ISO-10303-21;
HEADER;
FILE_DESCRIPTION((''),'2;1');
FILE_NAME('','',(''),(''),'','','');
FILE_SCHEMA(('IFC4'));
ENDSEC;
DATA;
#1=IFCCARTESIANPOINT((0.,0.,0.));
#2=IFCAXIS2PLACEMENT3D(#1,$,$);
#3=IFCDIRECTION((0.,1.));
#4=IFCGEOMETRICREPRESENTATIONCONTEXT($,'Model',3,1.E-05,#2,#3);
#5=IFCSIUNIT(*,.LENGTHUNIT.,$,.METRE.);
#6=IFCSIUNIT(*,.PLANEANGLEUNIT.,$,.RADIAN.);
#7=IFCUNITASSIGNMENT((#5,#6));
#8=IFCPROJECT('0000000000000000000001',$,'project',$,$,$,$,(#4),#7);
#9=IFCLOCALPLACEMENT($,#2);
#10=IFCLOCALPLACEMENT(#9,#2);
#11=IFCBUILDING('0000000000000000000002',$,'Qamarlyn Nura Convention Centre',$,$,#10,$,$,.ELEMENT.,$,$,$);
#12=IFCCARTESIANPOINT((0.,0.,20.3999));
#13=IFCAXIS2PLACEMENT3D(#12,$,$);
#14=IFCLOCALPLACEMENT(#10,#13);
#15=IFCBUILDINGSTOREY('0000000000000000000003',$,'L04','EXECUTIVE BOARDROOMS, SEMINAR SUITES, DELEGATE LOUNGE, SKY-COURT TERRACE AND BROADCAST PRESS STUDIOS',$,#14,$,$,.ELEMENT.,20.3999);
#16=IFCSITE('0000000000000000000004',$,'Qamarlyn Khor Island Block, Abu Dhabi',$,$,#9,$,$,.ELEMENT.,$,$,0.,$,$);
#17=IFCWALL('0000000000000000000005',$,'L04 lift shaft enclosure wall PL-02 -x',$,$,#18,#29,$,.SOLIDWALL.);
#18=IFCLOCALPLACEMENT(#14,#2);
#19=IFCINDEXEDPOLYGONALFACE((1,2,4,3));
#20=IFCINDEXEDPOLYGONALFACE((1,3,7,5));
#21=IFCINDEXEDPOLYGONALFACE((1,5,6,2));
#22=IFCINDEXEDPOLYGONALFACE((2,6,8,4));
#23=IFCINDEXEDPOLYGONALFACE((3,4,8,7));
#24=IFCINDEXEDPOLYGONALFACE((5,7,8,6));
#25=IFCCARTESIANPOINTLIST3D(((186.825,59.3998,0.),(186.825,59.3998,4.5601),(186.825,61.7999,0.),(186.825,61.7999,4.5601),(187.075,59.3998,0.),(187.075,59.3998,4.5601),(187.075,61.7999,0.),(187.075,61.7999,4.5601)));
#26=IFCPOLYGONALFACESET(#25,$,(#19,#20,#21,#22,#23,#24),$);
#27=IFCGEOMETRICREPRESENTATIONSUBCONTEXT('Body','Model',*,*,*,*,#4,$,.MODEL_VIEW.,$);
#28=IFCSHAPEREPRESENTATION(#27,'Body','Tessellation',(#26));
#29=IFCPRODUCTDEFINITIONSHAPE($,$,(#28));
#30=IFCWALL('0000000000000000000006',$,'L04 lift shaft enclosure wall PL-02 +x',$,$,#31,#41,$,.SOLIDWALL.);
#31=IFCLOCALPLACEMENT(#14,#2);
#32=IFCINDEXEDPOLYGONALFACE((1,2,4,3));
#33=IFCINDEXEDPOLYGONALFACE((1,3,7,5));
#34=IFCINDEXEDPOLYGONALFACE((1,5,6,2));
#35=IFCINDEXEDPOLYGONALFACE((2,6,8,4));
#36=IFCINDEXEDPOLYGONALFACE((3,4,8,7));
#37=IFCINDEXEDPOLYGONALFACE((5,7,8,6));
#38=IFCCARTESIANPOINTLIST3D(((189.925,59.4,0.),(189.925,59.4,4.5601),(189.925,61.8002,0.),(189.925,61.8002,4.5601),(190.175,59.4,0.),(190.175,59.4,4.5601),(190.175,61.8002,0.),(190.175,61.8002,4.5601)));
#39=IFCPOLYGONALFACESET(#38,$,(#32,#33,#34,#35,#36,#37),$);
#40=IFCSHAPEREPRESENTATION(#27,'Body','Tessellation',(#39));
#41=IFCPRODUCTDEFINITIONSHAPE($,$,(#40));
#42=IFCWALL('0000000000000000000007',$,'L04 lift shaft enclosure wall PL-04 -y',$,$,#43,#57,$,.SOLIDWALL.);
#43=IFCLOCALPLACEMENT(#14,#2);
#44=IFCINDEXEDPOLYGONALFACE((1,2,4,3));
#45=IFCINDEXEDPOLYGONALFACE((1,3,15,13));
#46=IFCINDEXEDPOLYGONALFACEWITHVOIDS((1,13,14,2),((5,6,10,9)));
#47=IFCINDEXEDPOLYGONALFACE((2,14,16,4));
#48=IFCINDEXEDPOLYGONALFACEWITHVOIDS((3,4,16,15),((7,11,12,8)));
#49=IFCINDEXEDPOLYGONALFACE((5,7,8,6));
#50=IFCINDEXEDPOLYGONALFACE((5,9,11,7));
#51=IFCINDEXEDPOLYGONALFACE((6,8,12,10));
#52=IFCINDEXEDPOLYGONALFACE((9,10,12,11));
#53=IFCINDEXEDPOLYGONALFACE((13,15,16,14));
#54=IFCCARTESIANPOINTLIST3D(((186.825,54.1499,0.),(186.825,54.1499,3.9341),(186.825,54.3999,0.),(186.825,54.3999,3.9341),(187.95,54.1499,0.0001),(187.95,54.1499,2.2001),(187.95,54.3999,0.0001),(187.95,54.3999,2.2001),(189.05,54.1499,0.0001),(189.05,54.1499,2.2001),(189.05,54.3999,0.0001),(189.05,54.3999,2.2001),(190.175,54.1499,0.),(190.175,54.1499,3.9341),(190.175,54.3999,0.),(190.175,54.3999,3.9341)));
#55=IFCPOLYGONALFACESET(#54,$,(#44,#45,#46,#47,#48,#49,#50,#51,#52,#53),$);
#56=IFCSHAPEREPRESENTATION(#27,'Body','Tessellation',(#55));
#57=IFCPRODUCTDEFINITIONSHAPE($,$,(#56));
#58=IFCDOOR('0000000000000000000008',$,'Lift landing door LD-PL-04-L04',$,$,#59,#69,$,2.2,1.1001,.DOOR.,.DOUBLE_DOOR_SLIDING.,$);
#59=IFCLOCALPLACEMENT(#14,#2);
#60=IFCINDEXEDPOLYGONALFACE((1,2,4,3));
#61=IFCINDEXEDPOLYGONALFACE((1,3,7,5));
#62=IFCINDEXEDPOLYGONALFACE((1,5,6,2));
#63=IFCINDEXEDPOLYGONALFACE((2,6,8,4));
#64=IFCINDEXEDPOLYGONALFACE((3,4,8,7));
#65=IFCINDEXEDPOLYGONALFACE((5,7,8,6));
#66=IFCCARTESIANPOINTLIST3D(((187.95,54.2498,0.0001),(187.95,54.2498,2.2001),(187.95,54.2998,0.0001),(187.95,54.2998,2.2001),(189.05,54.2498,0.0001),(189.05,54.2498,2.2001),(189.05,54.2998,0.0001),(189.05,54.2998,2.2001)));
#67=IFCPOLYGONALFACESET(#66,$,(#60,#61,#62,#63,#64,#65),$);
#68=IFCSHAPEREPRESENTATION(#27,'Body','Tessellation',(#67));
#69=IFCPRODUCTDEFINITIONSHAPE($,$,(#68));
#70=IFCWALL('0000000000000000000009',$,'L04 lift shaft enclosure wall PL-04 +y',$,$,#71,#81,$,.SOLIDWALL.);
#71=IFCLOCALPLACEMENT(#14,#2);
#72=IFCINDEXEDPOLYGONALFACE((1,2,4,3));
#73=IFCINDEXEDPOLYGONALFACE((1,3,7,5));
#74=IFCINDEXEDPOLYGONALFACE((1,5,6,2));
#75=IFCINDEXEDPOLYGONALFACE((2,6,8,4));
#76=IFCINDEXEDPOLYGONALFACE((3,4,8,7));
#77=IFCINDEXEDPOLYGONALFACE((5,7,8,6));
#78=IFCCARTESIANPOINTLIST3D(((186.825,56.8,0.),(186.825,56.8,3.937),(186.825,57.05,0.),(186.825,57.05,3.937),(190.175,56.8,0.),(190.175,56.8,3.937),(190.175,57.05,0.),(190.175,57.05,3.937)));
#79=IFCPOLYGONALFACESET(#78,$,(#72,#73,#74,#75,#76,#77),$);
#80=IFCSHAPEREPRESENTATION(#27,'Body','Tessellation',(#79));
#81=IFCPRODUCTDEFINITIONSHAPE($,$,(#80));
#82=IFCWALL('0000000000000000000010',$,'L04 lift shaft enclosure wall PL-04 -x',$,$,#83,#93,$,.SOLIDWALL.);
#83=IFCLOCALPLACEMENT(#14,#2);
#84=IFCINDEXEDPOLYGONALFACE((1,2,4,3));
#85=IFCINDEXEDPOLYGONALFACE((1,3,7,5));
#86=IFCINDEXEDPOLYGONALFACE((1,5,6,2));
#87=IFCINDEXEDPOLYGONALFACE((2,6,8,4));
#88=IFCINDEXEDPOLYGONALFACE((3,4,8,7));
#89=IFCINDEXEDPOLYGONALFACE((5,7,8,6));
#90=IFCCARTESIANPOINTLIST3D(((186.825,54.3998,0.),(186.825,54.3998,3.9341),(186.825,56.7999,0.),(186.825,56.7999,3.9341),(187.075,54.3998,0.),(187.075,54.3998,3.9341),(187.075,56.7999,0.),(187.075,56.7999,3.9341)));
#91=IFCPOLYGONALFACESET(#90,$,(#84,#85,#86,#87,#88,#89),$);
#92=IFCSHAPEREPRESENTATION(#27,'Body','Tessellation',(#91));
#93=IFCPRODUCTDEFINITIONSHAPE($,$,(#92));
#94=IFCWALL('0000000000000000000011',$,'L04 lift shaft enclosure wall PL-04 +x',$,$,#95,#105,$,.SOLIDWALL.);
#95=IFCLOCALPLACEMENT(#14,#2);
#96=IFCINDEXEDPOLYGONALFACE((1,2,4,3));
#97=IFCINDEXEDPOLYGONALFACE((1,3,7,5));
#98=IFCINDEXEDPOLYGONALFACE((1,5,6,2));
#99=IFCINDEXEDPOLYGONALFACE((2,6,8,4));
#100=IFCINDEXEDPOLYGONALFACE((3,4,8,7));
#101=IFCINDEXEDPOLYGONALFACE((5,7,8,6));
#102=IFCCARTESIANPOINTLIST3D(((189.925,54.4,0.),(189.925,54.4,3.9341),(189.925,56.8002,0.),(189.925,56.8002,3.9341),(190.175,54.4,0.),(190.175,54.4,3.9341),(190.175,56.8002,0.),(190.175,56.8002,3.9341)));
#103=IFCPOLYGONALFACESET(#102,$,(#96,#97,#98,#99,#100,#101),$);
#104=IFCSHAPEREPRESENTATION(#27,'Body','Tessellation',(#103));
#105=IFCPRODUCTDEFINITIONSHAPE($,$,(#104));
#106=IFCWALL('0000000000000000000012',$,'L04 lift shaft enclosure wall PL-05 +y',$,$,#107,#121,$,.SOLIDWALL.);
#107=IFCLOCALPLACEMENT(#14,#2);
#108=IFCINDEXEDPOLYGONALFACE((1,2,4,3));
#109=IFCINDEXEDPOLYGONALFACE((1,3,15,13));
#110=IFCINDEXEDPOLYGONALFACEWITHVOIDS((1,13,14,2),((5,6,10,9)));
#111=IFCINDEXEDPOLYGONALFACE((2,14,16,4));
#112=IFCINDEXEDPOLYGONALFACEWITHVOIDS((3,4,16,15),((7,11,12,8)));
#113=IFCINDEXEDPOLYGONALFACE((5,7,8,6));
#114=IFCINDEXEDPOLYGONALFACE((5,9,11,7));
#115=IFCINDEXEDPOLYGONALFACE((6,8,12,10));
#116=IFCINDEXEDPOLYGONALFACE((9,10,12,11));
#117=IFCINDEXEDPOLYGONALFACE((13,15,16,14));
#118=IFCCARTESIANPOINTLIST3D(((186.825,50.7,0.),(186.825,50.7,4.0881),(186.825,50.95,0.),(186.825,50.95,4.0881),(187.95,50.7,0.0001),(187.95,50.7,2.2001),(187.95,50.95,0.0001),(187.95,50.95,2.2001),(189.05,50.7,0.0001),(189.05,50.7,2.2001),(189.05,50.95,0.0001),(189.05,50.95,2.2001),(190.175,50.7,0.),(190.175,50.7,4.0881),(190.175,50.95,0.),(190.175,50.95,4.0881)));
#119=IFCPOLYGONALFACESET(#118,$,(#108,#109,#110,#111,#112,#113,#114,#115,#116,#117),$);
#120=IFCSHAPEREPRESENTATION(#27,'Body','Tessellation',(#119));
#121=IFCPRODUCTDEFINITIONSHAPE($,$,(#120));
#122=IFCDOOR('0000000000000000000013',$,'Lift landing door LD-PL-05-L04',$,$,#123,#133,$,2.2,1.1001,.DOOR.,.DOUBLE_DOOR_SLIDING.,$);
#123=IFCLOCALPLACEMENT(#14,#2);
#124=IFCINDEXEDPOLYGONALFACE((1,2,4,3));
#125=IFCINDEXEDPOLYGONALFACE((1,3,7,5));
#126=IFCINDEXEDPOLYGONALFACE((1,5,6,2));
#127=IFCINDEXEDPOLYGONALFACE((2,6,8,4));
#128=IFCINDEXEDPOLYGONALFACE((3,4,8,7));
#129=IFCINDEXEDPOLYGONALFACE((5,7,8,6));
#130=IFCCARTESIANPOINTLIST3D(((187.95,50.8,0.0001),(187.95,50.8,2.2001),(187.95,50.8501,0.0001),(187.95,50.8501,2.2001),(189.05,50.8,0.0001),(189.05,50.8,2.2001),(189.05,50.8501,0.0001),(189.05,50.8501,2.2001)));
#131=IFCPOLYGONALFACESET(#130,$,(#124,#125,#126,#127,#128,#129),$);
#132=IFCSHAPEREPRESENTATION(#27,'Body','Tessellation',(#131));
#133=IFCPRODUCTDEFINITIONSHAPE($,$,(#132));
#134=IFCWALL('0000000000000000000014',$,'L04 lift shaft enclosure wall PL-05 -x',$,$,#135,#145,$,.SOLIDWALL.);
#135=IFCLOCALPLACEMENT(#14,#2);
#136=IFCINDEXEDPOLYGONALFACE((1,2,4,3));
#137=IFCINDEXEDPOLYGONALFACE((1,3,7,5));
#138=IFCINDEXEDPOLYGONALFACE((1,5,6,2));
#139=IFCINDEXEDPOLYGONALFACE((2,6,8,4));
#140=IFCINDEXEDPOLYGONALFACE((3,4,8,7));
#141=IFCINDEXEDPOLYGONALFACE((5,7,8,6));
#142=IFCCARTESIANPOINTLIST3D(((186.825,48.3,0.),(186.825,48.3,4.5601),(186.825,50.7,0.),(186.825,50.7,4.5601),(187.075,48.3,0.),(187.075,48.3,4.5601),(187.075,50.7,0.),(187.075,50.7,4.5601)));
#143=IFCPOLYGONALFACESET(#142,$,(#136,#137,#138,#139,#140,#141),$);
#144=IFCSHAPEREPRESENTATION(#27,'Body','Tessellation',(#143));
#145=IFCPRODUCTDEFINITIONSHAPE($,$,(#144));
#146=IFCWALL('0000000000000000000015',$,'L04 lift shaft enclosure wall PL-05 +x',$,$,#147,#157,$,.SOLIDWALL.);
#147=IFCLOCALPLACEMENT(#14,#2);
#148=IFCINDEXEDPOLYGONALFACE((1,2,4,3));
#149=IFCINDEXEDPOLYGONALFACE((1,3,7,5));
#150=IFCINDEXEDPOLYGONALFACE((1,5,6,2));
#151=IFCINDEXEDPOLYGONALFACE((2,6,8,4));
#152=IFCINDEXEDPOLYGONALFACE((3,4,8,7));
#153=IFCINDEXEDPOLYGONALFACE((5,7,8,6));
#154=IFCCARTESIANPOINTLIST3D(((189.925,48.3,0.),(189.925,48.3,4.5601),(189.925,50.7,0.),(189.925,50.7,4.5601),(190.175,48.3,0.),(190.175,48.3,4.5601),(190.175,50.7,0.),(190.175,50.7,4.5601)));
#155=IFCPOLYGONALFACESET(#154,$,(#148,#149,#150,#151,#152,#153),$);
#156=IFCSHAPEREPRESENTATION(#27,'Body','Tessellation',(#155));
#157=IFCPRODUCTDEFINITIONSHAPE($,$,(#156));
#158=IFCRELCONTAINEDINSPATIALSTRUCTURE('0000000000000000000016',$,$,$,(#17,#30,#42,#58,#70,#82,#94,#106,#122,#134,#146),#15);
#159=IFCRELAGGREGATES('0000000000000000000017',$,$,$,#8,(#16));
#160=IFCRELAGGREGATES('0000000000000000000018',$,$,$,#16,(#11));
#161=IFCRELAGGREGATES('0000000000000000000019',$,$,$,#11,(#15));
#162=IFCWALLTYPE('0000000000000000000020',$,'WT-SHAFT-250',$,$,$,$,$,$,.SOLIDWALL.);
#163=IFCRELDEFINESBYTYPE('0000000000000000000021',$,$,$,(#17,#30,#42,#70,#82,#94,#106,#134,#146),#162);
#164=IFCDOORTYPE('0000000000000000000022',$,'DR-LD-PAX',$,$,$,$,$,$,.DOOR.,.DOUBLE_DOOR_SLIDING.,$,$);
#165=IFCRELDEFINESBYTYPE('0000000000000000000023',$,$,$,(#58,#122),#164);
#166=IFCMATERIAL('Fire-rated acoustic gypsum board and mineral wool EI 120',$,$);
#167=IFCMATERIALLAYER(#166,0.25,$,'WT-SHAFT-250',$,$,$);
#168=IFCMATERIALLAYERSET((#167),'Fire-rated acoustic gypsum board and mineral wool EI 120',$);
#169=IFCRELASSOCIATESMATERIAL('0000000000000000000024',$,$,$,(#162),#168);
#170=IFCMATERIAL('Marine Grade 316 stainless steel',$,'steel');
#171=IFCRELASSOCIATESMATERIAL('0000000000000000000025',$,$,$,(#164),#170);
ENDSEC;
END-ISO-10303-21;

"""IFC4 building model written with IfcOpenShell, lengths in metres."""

from ifc_helpers import new_model, si_unit, direction, frame, frame_2d, origin, place, context, subcontext, project, spatial, rectangle, extrude, material, layer, layer_set, type_object, element, fill, save


model = new_model("IFC4")

# Units and contexts
model_context = context("Model", 3, precision=1e-05, world=origin(), true_north=direction((0.0, 1.0)))
body_context = subcontext(model_context, "Body", "Model", "MODEL_VIEW")
ifc_project = project(units=[si_unit("LENGTHUNIT", "METRE"), si_unit("PLANEANGLEUNIT", "RADIAN")], contexts=[model_context])

# Site, building, storey
site_placement = place(None, origin())
site = spatial("IfcSite", under=ifc_project, at=site_placement, Name="Qamarlyn Khor Island Block, Abu Dhabi", CompositionType="ELEMENT", RefElevation=0.0)
building_placement = place(site_placement, origin())
building = spatial("IfcBuilding", under=site, at=building_placement, Name="Qamarlyn Nura Convention Centre", CompositionType="ELEMENT")
storey_placement = place(building_placement, frame((0.0, 0.0, 20.3999)))
storey = spatial("IfcBuildingStorey", under=building, at=storey_placement, Name="L04", Description="EXECUTIVE BOARDROOMS, SEMINAR SUITES, DELEGATE LOUNGE, SKY-COURT TERRACE AND BROADCAST PRESS STUDIOS", CompositionType="ELEMENT", Elevation=20.3999)

# Shared definitions
ifc_material_1 = material(Name="Fire-rated acoustic gypsum board and mineral wool EI 120")
ifc_layer_1 = layer(ifc_material_1, 0.25, Name="WT-SHAFT-250")
ifc_layer_set_1 = layer_set([ifc_layer_1], Name="Fire-rated acoustic gypsum board and mineral wool EI 120")
wall_type = type_object("IfcWallType", Name="WT-SHAFT-250", PredefinedType="SOLIDWALL", material=ifc_layer_set_1)
ifc_material_2 = material(Name="Marine Grade 316 stainless steel", Category="steel")
door_type = type_object("IfcDoorType", Name="DR-LD-PAX", OperationType="DOUBLE_DOOR_SLIDING", PredefinedType="DOOR", material=ifc_material_2)

# Walls
for number, where, z_axis, x_axis, name in (
    (1, (186.95, 61.8, 0.0), (0.0, 0.0, 1.0), (0.0, -1.0, 0.0), "L04 lift shaft enclosure wall PL-02 -x"),
    (2, (190.05, 59.3999, 0.0), (0.0, 0.0, 1.0), (0.0, 1.0, 0.0), "L04 lift shaft enclosure wall PL-02 +x"),
):
    element("IfcWall", number, at=place(storey_placement, frame(where, z_axis=z_axis, x_axis=x_axis)), inside=storey, type_object=wall_type, Name=name, PredefinedType="SOLIDWALL", context=body_context, shape_type="SweptSolid", body=[
        extrude(rectangle(XDim=2.4001, YDim=0.25, at=frame_2d((1.2002, 0.0))), origin(), (0.0, 0.0, 1.0), 4.5601),
    ])

# Wall, opening, door
wall_1_placement = place(storey_placement, frame((186.825, 54.2749, 0.0), z_axis=(0.0, 0.0, 1.0), x_axis=(1.0, 0.0, 0.0)))
wall_1 = element("IfcWall", 3, at=wall_1_placement, inside=storey, type_object=wall_type, Name="L04 lift shaft enclosure wall PL-04 -y", PredefinedType="SOLIDWALL", context=body_context, shape_type="SweptSolid", body=[
    extrude(rectangle(XDim=3.3501, YDim=0.25, at=frame_2d((1.675, 0.0))), origin(), (0.0, 0.0, 1.0), 3.9341),
])
opening_1_placement = place(wall_1_placement, frame((1.125, 0.0, 0.0)))
opening_1 = element("IfcOpeningElement", 4, at=opening_1_placement, cuts=wall_1, PredefinedType="OPENING", context=body_context, shape_type="SweptSolid", body=[
    extrude(rectangle(XDim=1.1001, YDim=2.2, at=frame_2d((0.55, 1.1001))), frame((0.0, 0.135, 0.0), z_axis=(0.0, -1.0, 0.0), x_axis=(1.0, 0.0, 0.0)), (0.0, 0.0, 1.0), 0.27),
])
door_1_placement = place(opening_1_placement, origin())
door_1 = element("IfcDoor", 5, at=door_1_placement, inside=storey, type_object=door_type, Name="Lift landing door LD-PL-04-L04", OperationType="DOUBLE_DOOR_SLIDING", OverallHeight=2.2, OverallWidth=1.1001, PredefinedType="DOOR", context=body_context, shape_type="SweptSolid", body=[
    extrude(rectangle(XDim=1.1001, YDim=2.2, at=frame_2d((0.55, 1.1001))), frame((0.0, 0.0249, 0.0), z_axis=(0.0, -1.0, 0.0), x_axis=(1.0, 0.0, 0.0)), (0.0, 0.0, 1.0), 0.05),
])
fill(opening_1, door_1)

# Walls
wall_2_placement = place(storey_placement, frame((190.175, 56.925, 0.0), z_axis=(0.0, 0.0, 1.0), x_axis=(-1.0, 0.0, 0.0)))
element("IfcWall", 6, at=wall_2_placement, inside=storey, type_object=wall_type, Name="L04 lift shaft enclosure wall PL-04 +y", PredefinedType="SOLIDWALL", context=body_context, shape_type="SweptSolid", body=[
    extrude(rectangle(XDim=3.3501, YDim=0.25, at=frame_2d((1.675, 0.0))), origin(), (0.0, 0.0, 1.0), 3.937),
])
for number, where, z_axis, x_axis, name in (
    (7, (186.95, 56.8, 0.0), (0.0, 0.0, 1.0), (0.0, -1.0, 0.0), "L04 lift shaft enclosure wall PL-04 -x"),
    (8, (190.05, 54.3999, 0.0), (0.0, 0.0, 1.0), (0.0, 1.0, 0.0), "L04 lift shaft enclosure wall PL-04 +x"),
):
    element("IfcWall", number, at=place(storey_placement, frame(where, z_axis=z_axis, x_axis=x_axis)), inside=storey, type_object=wall_type, Name=name, PredefinedType="SOLIDWALL", context=body_context, shape_type="SweptSolid", body=[
        extrude(rectangle(XDim=2.4001, YDim=0.25, at=frame_2d((1.2002, 0.0))), origin(), (0.0, 0.0, 1.0), 3.9341),
    ])

# Wall, opening, door
wall_3_placement = place(storey_placement, frame((190.175, 50.825, 0.0), z_axis=(0.0, 0.0, 1.0), x_axis=(-1.0, 0.0, 0.0)))
wall_3 = element("IfcWall", 9, at=wall_3_placement, inside=storey, type_object=wall_type, Name="L04 lift shaft enclosure wall PL-05 +y", PredefinedType="SOLIDWALL", context=body_context, shape_type="SweptSolid", body=[
    extrude(rectangle(XDim=3.3501, YDim=0.25, at=frame_2d((1.675, 0.0))), origin(), (0.0, 0.0, 1.0), 4.0881),
])
opening_2_placement = place(wall_3_placement, frame((1.125, 0.0, 0.0)))
opening_2 = element("IfcOpeningElement", 10, at=opening_2_placement, cuts=wall_3, PredefinedType="OPENING", context=body_context, shape_type="SweptSolid", body=[
    extrude(rectangle(XDim=1.1001, YDim=2.2, at=frame_2d((0.55, 1.1001))), frame((0.0, 0.135, 0.0), z_axis=(0.0, -1.0, 0.0), x_axis=(1.0, 0.0, 0.0)), (0.0, 0.0, 1.0), 0.27),
])
door_2_placement = place(opening_2_placement, origin())
door_2 = element("IfcDoor", 11, at=door_2_placement, inside=storey, type_object=door_type, Name="Lift landing door LD-PL-05-L04", OperationType="DOUBLE_DOOR_SLIDING", OverallHeight=2.2, OverallWidth=1.1001, PredefinedType="DOOR", context=body_context, shape_type="SweptSolid", body=[
    extrude(rectangle(XDim=1.1001, YDim=2.2, at=frame_2d((0.55, 1.1001))), frame((0.0, 0.0249, 0.0), z_axis=(0.0, -1.0, 0.0), x_axis=(1.0, 0.0, 0.0)), (0.0, 0.0, 1.0), 0.05),
])
fill(opening_2, door_2)

# Walls
for number, where, z_axis, x_axis, name in (
    (12, (186.95, 50.7, 0.0), (0.0, 0.0, 1.0), (0.0, -1.0, 0.0), "L04 lift shaft enclosure wall PL-05 -x"),
    (13, (190.05, 48.3, 0.0), (0.0, 0.0, 1.0), (0.0, 1.0, 0.0), "L04 lift shaft enclosure wall PL-05 +x"),
):
    element("IfcWall", number, at=place(storey_placement, frame(where, z_axis=z_axis, x_axis=x_axis)), inside=storey, type_object=wall_type, Name=name, PredefinedType="SOLIDWALL", context=body_context, shape_type="SweptSolid", body=[
        extrude(rectangle(XDim=2.3999, YDim=0.25, at=frame_2d((1.2, 0.0))), origin(), (0.0, 0.0, 1.0), 4.5601),
    ])

save(model, "model.ifc")
